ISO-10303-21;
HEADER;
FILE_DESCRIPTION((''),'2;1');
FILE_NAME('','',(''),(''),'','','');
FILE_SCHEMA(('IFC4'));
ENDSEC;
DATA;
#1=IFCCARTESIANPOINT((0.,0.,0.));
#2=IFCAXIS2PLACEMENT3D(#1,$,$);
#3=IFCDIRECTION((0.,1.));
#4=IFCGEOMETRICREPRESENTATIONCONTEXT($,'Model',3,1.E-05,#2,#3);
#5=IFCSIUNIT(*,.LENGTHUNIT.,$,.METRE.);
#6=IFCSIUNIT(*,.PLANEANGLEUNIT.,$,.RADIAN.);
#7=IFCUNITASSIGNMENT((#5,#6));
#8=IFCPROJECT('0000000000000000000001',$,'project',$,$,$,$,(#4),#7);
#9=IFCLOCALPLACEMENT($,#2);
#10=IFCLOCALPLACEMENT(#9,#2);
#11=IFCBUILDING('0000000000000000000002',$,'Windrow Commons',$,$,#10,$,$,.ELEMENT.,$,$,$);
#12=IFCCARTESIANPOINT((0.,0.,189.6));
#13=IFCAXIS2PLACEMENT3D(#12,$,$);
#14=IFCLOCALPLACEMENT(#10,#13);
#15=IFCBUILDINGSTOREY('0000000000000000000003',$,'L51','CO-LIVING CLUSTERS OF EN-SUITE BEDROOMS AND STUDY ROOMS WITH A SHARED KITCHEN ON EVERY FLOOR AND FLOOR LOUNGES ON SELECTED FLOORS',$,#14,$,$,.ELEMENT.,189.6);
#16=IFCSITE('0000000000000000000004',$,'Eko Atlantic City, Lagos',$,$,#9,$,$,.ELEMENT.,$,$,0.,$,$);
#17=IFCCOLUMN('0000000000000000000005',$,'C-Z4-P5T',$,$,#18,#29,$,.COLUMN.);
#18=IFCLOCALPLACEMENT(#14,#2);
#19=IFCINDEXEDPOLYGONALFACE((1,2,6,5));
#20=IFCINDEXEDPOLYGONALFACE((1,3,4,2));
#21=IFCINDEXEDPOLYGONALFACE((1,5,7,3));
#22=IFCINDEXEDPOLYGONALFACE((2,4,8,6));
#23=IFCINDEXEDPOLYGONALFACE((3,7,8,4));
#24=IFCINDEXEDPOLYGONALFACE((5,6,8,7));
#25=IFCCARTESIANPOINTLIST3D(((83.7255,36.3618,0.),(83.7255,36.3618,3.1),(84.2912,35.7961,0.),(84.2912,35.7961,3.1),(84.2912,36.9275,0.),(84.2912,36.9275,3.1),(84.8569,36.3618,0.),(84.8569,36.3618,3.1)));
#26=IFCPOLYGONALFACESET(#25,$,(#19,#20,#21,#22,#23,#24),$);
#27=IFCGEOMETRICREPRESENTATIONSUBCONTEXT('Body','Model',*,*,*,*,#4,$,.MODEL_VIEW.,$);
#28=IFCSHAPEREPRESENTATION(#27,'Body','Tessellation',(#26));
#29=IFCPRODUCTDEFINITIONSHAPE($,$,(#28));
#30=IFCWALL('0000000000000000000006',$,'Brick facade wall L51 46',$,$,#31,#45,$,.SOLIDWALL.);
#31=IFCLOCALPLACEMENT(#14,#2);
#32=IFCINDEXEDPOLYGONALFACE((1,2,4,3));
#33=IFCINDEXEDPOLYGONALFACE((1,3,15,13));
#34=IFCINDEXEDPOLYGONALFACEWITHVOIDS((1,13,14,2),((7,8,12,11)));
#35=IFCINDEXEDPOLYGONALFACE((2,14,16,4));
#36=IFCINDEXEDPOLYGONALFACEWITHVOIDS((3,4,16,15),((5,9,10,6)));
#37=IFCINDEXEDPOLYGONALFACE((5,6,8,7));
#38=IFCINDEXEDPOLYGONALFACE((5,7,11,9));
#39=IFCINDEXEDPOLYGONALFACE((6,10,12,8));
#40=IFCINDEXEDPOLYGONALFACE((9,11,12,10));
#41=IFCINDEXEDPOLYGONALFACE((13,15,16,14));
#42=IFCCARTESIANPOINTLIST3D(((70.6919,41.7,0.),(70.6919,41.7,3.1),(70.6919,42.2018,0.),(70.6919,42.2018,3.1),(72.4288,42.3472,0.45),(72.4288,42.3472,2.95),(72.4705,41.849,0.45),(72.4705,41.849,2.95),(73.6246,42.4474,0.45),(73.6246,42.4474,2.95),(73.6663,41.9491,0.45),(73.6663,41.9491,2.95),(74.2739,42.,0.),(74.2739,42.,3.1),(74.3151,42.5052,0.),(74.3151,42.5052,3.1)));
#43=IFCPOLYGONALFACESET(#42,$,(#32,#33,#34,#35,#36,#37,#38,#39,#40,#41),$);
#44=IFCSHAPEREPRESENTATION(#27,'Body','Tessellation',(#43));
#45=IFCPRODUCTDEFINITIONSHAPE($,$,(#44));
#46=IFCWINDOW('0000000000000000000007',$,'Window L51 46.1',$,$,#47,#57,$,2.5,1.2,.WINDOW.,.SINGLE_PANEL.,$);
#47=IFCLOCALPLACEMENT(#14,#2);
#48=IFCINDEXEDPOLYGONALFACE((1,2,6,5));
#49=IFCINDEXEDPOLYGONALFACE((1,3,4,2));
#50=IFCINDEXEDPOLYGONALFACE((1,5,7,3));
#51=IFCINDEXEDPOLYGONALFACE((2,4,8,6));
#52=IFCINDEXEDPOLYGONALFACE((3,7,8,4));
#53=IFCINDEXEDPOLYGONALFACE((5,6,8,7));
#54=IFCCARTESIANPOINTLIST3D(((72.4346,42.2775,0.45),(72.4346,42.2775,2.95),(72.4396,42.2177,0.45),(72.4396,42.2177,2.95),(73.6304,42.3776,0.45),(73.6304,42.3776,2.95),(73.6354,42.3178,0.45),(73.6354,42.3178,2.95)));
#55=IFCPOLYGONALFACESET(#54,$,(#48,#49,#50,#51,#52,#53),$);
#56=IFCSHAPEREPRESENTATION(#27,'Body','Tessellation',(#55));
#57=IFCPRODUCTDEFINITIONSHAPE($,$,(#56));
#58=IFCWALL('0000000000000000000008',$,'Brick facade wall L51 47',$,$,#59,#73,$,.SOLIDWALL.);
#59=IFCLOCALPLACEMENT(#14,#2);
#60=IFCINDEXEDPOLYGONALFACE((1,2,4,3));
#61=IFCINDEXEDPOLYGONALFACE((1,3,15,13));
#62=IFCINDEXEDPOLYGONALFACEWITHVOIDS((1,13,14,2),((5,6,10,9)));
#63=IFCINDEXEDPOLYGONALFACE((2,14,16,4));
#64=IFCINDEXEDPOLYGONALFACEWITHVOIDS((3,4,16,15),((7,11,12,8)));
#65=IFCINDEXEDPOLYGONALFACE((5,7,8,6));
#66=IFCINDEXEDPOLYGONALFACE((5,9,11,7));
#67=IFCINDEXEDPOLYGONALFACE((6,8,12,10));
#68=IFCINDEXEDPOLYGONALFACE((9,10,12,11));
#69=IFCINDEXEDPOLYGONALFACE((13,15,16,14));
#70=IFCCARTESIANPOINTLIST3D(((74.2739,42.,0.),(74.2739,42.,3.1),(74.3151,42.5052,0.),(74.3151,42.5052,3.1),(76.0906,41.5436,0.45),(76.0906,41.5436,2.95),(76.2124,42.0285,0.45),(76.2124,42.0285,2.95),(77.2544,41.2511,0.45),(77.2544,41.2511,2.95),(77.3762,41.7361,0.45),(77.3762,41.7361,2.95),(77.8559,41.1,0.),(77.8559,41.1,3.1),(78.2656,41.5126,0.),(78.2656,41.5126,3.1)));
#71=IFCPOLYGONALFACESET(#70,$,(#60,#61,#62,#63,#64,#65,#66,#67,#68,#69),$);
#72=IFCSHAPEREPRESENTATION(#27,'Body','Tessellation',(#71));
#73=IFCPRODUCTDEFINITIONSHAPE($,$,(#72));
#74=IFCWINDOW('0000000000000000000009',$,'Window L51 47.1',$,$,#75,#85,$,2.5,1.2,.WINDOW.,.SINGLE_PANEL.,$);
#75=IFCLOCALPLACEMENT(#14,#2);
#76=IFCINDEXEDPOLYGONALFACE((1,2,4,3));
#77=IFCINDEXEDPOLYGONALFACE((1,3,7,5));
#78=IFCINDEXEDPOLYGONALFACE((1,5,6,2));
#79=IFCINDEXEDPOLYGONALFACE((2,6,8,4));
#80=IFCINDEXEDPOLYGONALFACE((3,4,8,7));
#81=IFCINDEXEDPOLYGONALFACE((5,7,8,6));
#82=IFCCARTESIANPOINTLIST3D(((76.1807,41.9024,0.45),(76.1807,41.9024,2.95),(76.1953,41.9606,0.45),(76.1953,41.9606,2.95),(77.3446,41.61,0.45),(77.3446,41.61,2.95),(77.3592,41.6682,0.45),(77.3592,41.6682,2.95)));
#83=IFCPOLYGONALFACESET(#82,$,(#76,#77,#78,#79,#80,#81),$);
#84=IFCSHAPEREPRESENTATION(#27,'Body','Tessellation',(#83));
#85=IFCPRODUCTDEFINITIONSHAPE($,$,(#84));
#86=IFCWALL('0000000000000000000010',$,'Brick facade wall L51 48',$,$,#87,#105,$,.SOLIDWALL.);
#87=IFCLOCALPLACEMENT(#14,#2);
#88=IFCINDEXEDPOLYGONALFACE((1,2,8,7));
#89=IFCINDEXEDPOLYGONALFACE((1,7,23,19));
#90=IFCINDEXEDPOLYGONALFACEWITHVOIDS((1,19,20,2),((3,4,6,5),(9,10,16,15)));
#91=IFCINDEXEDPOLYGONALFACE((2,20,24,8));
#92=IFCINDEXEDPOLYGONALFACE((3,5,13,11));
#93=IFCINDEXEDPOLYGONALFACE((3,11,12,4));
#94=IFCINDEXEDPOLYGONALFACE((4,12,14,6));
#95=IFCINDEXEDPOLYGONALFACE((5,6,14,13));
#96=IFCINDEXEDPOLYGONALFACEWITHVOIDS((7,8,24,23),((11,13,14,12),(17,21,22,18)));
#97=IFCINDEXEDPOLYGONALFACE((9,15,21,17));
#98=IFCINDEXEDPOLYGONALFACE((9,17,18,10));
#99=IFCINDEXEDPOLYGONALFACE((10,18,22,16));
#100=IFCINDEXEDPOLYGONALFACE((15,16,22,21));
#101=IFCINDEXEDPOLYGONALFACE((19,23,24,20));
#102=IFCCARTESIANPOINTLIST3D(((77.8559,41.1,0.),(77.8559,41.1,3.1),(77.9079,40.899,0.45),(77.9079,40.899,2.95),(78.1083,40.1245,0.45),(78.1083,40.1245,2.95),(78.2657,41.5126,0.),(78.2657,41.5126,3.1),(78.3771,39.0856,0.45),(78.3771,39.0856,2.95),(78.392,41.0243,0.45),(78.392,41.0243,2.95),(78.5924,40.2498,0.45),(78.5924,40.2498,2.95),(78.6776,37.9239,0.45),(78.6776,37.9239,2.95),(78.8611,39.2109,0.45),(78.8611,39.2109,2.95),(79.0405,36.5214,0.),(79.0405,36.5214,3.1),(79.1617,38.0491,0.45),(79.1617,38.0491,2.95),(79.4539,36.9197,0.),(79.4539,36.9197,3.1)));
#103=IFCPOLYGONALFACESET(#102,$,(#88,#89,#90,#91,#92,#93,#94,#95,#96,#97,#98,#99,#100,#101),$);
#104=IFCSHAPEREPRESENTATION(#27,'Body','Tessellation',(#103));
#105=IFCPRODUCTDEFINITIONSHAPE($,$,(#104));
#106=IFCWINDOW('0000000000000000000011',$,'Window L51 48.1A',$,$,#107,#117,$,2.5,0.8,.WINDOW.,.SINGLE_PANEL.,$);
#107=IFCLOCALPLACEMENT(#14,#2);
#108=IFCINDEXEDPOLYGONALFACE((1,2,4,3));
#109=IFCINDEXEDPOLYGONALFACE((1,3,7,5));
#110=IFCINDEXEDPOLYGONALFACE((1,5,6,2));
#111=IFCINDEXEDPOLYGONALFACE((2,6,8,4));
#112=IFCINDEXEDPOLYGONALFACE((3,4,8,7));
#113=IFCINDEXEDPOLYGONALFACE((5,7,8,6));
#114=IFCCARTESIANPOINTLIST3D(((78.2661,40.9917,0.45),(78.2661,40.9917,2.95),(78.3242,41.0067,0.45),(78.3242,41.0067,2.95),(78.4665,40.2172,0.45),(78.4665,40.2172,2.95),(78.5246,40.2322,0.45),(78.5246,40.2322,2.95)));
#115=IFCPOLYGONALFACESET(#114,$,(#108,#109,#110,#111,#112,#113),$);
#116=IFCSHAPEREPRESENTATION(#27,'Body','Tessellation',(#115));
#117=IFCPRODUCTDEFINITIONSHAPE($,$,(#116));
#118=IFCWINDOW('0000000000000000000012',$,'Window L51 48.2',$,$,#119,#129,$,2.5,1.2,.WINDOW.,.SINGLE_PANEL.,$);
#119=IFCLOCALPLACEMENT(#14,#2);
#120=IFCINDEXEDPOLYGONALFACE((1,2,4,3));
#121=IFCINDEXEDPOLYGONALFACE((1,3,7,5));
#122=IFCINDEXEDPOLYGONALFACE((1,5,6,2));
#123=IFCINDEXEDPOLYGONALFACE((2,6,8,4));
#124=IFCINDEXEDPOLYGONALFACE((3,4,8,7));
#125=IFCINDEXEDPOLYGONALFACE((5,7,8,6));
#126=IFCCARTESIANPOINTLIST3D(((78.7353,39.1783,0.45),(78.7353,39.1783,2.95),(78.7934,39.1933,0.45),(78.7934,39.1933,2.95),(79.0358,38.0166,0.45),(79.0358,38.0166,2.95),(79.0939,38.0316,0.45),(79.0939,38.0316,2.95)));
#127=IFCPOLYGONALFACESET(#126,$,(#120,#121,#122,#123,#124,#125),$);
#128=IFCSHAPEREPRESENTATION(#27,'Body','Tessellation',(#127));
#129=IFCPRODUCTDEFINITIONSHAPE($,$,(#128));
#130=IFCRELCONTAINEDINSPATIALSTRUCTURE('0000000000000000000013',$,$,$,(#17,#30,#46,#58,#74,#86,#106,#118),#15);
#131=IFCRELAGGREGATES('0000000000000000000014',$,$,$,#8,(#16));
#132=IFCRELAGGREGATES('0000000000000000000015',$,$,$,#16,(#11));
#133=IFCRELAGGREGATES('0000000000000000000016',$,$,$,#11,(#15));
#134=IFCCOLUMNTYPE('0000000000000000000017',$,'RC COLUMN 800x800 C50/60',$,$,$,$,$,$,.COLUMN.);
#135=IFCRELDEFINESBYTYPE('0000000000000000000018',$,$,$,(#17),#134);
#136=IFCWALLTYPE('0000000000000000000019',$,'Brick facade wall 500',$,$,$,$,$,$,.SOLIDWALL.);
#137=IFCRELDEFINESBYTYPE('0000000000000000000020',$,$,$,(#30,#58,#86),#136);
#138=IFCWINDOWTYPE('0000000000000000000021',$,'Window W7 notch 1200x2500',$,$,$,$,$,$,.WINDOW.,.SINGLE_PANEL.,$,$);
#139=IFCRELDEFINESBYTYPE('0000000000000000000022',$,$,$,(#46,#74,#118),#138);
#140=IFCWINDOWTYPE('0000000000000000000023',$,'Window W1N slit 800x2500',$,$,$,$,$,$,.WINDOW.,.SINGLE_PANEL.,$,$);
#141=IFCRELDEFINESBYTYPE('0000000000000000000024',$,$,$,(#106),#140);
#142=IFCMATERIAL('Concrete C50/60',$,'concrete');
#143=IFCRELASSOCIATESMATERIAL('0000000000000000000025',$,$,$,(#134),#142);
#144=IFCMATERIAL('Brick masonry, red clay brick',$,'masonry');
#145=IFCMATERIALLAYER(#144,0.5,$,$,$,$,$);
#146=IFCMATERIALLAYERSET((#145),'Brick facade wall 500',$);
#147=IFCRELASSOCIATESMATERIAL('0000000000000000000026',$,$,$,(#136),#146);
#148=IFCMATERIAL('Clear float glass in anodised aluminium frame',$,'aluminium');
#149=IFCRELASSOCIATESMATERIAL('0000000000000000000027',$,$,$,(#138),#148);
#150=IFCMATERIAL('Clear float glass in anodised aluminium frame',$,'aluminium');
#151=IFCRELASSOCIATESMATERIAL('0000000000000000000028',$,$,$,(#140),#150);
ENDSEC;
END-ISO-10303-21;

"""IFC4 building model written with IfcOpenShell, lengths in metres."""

from ifc_helpers import new_model, si_unit, direction, frame, frame_2d, origin, origin_2d, place, context, subcontext, project, spatial, polyline, rectangle, outline, extrude, material, layer, layer_set, material_profile, profile_set, type_object, element, fill, save


model = new_model("IFC4")

# Units and contexts
model_context = context("Model", 3, precision=1e-05, world=origin(), true_north=direction((0.0, 1.0)))
body_context = subcontext(model_context, "Body", "Model", "MODEL_VIEW")
ifc_project = project(units=[si_unit("LENGTHUNIT", "METRE"), si_unit("PLANEANGLEUNIT", "RADIAN")], contexts=[model_context])

# Site, building, storey
site_placement = place(None, origin())
site = spatial("IfcSite", under=ifc_project, at=site_placement, Name="Eko Atlantic City, Lagos", CompositionType="ELEMENT", RefElevation=0.0)
building_placement = place(site_placement, origin())
building = spatial("IfcBuilding", under=site, at=building_placement, Name="Windrow Commons", CompositionType="ELEMENT")
storey_placement = place(building_placement, frame((0.0, 0.0, 189.6)))
storey = spatial("IfcBuildingStorey", under=building, at=storey_placement, Name="L51", Description="CO-LIVING CLUSTERS OF EN-SUITE BEDROOMS AND STUDY ROOMS WITH A SHARED KITCHEN ON EVERY FLOOR AND FLOOR LOUNGES ON SELECTED FLOORS", CompositionType="ELEMENT", Elevation=189.6)

# Column
ifc_material_1 = material(Name="Concrete C50/60", Category="concrete")
ifc_material_profile = material_profile(ifc_material_1, rectangle(XDim=0.8, YDim=0.8, at=origin_2d()))
ifc_profile_set = profile_set([ifc_material_profile], Name="Concrete C50/60")
column_type = type_object("IfcColumnType", Name="RC COLUMN 800x800 C50/60", PredefinedType="COLUMN", material=ifc_profile_set)
column_placement = place(storey_placement, frame((84.2912, 36.3618, 0.0), z_axis=(0.0, 0.0, 1.0), x_axis=(0.707107, -0.707107, 0.0)))
element("IfcColumn", 1, at=column_placement, inside=storey, type_object=column_type, Name="C-Z4-P5T", PredefinedType="COLUMN", context=body_context, shape_type="SweptSolid", body=[
    extrude(rectangle(XDim=0.8, YDim=0.8, at=origin_2d()), origin(), (0.0, 0.0, 1.0), 3.1),
])

# Walls, openings, windows
ifc_material_2 = material(Name="Brick masonry, red clay brick", Category="masonry")
ifc_layer_1 = layer(ifc_material_2, 0.5)
ifc_layer_set_1 = layer_set([ifc_layer_1], Name="Brick facade wall 500")
wall_type_1 = type_object("IfcWallType", Name="Brick facade wall 500", PredefinedType="SOLIDWALL", material=ifc_layer_set_1)
wall_1_placement = place(storey_placement, frame((70.6919, 41.9509, 0.0), z_axis=(0.0, 0.0, 1.0), x_axis=(0.996512, 0.083453, 0.0)))
wall_1 = element("IfcWall", 2, at=wall_1_placement, inside=storey, type_object=wall_type_1, Name="Brick facade wall L51 46", PredefinedType="SOLIDWALL", context=body_context, shape_type="SweptSolid", body=[
    extrude(outline(polyline([(-0.0209, -0.25), (3.5736, -0.25), (3.6568, 0.25), (0.0209, 0.25), (-0.0209, -0.25)])), origin(), (0.0, 0.0, 1.0), 3.1),
])
opening_1_placement = place(wall_1_placement, frame((1.7639, 0.0, 0.45)))
opening_1 = element("IfcOpeningElement", 3, at=opening_1_placement, cuts=wall_1, PredefinedType="OPENING", context=body_context, shape_type="SweptSolid", body=[
    extrude(rectangle(XDim=1.2, YDim=2.5, at=frame_2d((0.6, 1.25))), frame((0.0, 0.26, 0.0), z_axis=(0.0, -1.0, 0.0), x_axis=(1.0, 0.0, 0.0)), (0.0, 0.0, 1.0), 0.52),
])
ifc_material_3 = material(Name="Clear float glass in anodised aluminium frame", Category="aluminium")
window_type_1 = type_object("IfcWindowType", Name="Window W7 notch 1200x2500", PartitioningType="SINGLE_PANEL", PredefinedType="WINDOW", material=ifc_material_3)
window_1_placement = place(opening_1_placement, origin())
window_1 = element("IfcWindow", 4, at=window_1_placement, inside=storey, type_object=window_type_1, Name="Window L51 46.1", OverallHeight=2.5, OverallWidth=1.2, PartitioningType="SINGLE_PANEL", PredefinedType="WINDOW", context=body_context, shape_type="SweptSolid", body=[
    extrude(rectangle(XDim=1.2, YDim=2.5, at=frame_2d((0.6, 1.25))), frame((0.0, 0.18, 0.0), z_axis=(0.0, -1.0, 0.0), x_axis=(1.0, 0.0, 0.0)), (0.0, 0.0, 1.0), 0.06),
])
fill(opening_1, window_1)
wall_2_placement = place(storey_placement, frame((74.2945, 42.2526, 0.0), z_axis=(0.0, 0.0, 1.0), x_axis=(0.969856, -0.243681, 0.0)))
wall_2 = element("IfcWall", 5, at=wall_2_placement, inside=storey, type_object=wall_type_1, Name="Brick facade wall L51 47", PredefinedType="SOLIDWALL", context=body_context, shape_type="SweptSolid", body=[
    extrude(outline(polyline([(0.0416, -0.25), (3.7349, -0.25), (4.0317, 0.25), (-0.0416, 0.25), (0.0416, -0.25)])), origin(), (0.0, 0.0, 1.0), 3.1),
])
opening_2_placement = place(wall_2_placement, frame((1.9147, 0.0, 0.45)))
opening_2 = element("IfcOpeningElement", 6, at=opening_2_placement, cuts=wall_2, PredefinedType="OPENING", context=body_context, shape_type="SweptSolid", body=[
    extrude(rectangle(XDim=1.2, YDim=2.5, at=frame_2d((0.6, 1.25))), frame((0.0, 0.26, 0.0), z_axis=(0.0, -1.0, 0.0), x_axis=(1.0, 0.0, 0.0)), (0.0, 0.0, 1.0), 0.52),
])
window_2_placement = place(opening_2_placement, origin())
window_2 = element("IfcWindow", 7, at=window_2_placement, inside=storey, type_object=window_type_1, Name="Window L51 47.1", OverallHeight=2.5, OverallWidth=1.2, PartitioningType="SINGLE_PANEL", PredefinedType="WINDOW", context=body_context, shape_type="SweptSolid", body=[
    extrude(rectangle(XDim=1.2, YDim=2.5, at=frame_2d((0.6, 1.25))), frame((0.0, 0.18, 0.0), z_axis=(0.0, -1.0, 0.0), x_axis=(1.0, 0.0, 0.0)), (0.0, 0.0, 1.0), 0.06),
])
fill(opening_2, window_2)

# Wall, openings, windows
wall_3_placement = place(storey_placement, frame((78.0608, 41.3063, 0.0), z_axis=(0.0, 0.0, 1.0), x_axis=(0.250465, -0.968126, 0.0)))
wall_3 = element("IfcWall", 8, at=wall_3_placement, inside=storey, type_object=wall_type_1, Name="Brick facade wall L51 48", PredefinedType="SOLIDWALL", context=body_context, shape_type="SweptSolid", body=[
    extrude(outline(polyline([(0.1484, -0.25), (4.8778, -0.25), (4.5957, 0.25), (-0.1484, 0.25), (0.1484, -0.25)])), origin(), (0.0, 0.0, 1.0), 3.1),
])
opening_3_placement = place(wall_3_placement, frame((2.2291, 0.0, 0.45)))
opening_3 = element("IfcOpeningElement", 9, at=opening_3_placement, cuts=wall_3, PredefinedType="OPENING", context=body_context, shape_type="SweptSolid", body=[
    extrude(rectangle(XDim=1.2, YDim=2.5, at=frame_2d((0.6, 1.25))), frame((0.0, 0.26, 0.0), z_axis=(0.0, -1.0, 0.0), x_axis=(1.0, 0.0, 0.0)), (0.0, 0.0, 1.0), 0.52),
])
opening_4_placement = place(wall_3_placement, frame((0.356, 0.0, 0.45)))
opening_4 = element("IfcOpeningElement", 10, at=opening_4_placement, cuts=wall_3, PredefinedType="OPENING", context=body_context, shape_type="SweptSolid", body=[
    extrude(rectangle(XDim=0.8, YDim=2.5, at=frame_2d((0.4, 1.25))), frame((0.0, 0.26, 0.0), z_axis=(0.0, -1.0, 0.0), x_axis=(1.0, 0.0, 0.0)), (0.0, 0.0, 1.0), 0.52),
])
ifc_material_4 = material(Name="Clear float glass in anodised aluminium frame", Category="aluminium")
window_type_2 = type_object("IfcWindowType", Name="Window W1N slit 800x2500", PartitioningType="SINGLE_PANEL", PredefinedType="WINDOW", material=ifc_material_4)
window_3_placement = place(opening_4_placement, origin())
window_3 = element("IfcWindow", 11, at=window_3_placement, inside=storey, type_object=window_type_2, Name="Window L51 48.1A", OverallHeight=2.5, OverallWidth=0.8, PartitioningType="SINGLE_PANEL", PredefinedType="WINDOW", context=body_context, shape_type="SweptSolid", body=[
    extrude(rectangle(XDim=0.8, YDim=2.5, at=frame_2d((0.4, 1.25))), frame((0.0, 0.18, 0.0), z_axis=(0.0, -1.0, 0.0), x_axis=(1.0, 0.0, 0.0)), (0.0, 0.0, 1.0), 0.06),
])
fill(opening_4, window_3)
window_4_placement = place(opening_3_placement, origin())
window_4 = element("IfcWindow", 12, at=window_4_placement, inside=storey, type_object=window_type_1, Name="Window L51 48.2", OverallHeight=2.5, OverallWidth=1.2, PartitioningType="SINGLE_PANEL", PredefinedType="WINDOW", context=body_context, shape_type="SweptSolid", body=[
    extrude(rectangle(XDim=1.2, YDim=2.5, at=frame_2d((0.6, 1.25))), frame((0.0, 0.18, 0.0), z_axis=(0.0, -1.0, 0.0), x_axis=(1.0, 0.0, 0.0)), (0.0, 0.0, 1.0), 0.06),
])
fill(opening_3, window_4)

save(model, "model.ifc")
